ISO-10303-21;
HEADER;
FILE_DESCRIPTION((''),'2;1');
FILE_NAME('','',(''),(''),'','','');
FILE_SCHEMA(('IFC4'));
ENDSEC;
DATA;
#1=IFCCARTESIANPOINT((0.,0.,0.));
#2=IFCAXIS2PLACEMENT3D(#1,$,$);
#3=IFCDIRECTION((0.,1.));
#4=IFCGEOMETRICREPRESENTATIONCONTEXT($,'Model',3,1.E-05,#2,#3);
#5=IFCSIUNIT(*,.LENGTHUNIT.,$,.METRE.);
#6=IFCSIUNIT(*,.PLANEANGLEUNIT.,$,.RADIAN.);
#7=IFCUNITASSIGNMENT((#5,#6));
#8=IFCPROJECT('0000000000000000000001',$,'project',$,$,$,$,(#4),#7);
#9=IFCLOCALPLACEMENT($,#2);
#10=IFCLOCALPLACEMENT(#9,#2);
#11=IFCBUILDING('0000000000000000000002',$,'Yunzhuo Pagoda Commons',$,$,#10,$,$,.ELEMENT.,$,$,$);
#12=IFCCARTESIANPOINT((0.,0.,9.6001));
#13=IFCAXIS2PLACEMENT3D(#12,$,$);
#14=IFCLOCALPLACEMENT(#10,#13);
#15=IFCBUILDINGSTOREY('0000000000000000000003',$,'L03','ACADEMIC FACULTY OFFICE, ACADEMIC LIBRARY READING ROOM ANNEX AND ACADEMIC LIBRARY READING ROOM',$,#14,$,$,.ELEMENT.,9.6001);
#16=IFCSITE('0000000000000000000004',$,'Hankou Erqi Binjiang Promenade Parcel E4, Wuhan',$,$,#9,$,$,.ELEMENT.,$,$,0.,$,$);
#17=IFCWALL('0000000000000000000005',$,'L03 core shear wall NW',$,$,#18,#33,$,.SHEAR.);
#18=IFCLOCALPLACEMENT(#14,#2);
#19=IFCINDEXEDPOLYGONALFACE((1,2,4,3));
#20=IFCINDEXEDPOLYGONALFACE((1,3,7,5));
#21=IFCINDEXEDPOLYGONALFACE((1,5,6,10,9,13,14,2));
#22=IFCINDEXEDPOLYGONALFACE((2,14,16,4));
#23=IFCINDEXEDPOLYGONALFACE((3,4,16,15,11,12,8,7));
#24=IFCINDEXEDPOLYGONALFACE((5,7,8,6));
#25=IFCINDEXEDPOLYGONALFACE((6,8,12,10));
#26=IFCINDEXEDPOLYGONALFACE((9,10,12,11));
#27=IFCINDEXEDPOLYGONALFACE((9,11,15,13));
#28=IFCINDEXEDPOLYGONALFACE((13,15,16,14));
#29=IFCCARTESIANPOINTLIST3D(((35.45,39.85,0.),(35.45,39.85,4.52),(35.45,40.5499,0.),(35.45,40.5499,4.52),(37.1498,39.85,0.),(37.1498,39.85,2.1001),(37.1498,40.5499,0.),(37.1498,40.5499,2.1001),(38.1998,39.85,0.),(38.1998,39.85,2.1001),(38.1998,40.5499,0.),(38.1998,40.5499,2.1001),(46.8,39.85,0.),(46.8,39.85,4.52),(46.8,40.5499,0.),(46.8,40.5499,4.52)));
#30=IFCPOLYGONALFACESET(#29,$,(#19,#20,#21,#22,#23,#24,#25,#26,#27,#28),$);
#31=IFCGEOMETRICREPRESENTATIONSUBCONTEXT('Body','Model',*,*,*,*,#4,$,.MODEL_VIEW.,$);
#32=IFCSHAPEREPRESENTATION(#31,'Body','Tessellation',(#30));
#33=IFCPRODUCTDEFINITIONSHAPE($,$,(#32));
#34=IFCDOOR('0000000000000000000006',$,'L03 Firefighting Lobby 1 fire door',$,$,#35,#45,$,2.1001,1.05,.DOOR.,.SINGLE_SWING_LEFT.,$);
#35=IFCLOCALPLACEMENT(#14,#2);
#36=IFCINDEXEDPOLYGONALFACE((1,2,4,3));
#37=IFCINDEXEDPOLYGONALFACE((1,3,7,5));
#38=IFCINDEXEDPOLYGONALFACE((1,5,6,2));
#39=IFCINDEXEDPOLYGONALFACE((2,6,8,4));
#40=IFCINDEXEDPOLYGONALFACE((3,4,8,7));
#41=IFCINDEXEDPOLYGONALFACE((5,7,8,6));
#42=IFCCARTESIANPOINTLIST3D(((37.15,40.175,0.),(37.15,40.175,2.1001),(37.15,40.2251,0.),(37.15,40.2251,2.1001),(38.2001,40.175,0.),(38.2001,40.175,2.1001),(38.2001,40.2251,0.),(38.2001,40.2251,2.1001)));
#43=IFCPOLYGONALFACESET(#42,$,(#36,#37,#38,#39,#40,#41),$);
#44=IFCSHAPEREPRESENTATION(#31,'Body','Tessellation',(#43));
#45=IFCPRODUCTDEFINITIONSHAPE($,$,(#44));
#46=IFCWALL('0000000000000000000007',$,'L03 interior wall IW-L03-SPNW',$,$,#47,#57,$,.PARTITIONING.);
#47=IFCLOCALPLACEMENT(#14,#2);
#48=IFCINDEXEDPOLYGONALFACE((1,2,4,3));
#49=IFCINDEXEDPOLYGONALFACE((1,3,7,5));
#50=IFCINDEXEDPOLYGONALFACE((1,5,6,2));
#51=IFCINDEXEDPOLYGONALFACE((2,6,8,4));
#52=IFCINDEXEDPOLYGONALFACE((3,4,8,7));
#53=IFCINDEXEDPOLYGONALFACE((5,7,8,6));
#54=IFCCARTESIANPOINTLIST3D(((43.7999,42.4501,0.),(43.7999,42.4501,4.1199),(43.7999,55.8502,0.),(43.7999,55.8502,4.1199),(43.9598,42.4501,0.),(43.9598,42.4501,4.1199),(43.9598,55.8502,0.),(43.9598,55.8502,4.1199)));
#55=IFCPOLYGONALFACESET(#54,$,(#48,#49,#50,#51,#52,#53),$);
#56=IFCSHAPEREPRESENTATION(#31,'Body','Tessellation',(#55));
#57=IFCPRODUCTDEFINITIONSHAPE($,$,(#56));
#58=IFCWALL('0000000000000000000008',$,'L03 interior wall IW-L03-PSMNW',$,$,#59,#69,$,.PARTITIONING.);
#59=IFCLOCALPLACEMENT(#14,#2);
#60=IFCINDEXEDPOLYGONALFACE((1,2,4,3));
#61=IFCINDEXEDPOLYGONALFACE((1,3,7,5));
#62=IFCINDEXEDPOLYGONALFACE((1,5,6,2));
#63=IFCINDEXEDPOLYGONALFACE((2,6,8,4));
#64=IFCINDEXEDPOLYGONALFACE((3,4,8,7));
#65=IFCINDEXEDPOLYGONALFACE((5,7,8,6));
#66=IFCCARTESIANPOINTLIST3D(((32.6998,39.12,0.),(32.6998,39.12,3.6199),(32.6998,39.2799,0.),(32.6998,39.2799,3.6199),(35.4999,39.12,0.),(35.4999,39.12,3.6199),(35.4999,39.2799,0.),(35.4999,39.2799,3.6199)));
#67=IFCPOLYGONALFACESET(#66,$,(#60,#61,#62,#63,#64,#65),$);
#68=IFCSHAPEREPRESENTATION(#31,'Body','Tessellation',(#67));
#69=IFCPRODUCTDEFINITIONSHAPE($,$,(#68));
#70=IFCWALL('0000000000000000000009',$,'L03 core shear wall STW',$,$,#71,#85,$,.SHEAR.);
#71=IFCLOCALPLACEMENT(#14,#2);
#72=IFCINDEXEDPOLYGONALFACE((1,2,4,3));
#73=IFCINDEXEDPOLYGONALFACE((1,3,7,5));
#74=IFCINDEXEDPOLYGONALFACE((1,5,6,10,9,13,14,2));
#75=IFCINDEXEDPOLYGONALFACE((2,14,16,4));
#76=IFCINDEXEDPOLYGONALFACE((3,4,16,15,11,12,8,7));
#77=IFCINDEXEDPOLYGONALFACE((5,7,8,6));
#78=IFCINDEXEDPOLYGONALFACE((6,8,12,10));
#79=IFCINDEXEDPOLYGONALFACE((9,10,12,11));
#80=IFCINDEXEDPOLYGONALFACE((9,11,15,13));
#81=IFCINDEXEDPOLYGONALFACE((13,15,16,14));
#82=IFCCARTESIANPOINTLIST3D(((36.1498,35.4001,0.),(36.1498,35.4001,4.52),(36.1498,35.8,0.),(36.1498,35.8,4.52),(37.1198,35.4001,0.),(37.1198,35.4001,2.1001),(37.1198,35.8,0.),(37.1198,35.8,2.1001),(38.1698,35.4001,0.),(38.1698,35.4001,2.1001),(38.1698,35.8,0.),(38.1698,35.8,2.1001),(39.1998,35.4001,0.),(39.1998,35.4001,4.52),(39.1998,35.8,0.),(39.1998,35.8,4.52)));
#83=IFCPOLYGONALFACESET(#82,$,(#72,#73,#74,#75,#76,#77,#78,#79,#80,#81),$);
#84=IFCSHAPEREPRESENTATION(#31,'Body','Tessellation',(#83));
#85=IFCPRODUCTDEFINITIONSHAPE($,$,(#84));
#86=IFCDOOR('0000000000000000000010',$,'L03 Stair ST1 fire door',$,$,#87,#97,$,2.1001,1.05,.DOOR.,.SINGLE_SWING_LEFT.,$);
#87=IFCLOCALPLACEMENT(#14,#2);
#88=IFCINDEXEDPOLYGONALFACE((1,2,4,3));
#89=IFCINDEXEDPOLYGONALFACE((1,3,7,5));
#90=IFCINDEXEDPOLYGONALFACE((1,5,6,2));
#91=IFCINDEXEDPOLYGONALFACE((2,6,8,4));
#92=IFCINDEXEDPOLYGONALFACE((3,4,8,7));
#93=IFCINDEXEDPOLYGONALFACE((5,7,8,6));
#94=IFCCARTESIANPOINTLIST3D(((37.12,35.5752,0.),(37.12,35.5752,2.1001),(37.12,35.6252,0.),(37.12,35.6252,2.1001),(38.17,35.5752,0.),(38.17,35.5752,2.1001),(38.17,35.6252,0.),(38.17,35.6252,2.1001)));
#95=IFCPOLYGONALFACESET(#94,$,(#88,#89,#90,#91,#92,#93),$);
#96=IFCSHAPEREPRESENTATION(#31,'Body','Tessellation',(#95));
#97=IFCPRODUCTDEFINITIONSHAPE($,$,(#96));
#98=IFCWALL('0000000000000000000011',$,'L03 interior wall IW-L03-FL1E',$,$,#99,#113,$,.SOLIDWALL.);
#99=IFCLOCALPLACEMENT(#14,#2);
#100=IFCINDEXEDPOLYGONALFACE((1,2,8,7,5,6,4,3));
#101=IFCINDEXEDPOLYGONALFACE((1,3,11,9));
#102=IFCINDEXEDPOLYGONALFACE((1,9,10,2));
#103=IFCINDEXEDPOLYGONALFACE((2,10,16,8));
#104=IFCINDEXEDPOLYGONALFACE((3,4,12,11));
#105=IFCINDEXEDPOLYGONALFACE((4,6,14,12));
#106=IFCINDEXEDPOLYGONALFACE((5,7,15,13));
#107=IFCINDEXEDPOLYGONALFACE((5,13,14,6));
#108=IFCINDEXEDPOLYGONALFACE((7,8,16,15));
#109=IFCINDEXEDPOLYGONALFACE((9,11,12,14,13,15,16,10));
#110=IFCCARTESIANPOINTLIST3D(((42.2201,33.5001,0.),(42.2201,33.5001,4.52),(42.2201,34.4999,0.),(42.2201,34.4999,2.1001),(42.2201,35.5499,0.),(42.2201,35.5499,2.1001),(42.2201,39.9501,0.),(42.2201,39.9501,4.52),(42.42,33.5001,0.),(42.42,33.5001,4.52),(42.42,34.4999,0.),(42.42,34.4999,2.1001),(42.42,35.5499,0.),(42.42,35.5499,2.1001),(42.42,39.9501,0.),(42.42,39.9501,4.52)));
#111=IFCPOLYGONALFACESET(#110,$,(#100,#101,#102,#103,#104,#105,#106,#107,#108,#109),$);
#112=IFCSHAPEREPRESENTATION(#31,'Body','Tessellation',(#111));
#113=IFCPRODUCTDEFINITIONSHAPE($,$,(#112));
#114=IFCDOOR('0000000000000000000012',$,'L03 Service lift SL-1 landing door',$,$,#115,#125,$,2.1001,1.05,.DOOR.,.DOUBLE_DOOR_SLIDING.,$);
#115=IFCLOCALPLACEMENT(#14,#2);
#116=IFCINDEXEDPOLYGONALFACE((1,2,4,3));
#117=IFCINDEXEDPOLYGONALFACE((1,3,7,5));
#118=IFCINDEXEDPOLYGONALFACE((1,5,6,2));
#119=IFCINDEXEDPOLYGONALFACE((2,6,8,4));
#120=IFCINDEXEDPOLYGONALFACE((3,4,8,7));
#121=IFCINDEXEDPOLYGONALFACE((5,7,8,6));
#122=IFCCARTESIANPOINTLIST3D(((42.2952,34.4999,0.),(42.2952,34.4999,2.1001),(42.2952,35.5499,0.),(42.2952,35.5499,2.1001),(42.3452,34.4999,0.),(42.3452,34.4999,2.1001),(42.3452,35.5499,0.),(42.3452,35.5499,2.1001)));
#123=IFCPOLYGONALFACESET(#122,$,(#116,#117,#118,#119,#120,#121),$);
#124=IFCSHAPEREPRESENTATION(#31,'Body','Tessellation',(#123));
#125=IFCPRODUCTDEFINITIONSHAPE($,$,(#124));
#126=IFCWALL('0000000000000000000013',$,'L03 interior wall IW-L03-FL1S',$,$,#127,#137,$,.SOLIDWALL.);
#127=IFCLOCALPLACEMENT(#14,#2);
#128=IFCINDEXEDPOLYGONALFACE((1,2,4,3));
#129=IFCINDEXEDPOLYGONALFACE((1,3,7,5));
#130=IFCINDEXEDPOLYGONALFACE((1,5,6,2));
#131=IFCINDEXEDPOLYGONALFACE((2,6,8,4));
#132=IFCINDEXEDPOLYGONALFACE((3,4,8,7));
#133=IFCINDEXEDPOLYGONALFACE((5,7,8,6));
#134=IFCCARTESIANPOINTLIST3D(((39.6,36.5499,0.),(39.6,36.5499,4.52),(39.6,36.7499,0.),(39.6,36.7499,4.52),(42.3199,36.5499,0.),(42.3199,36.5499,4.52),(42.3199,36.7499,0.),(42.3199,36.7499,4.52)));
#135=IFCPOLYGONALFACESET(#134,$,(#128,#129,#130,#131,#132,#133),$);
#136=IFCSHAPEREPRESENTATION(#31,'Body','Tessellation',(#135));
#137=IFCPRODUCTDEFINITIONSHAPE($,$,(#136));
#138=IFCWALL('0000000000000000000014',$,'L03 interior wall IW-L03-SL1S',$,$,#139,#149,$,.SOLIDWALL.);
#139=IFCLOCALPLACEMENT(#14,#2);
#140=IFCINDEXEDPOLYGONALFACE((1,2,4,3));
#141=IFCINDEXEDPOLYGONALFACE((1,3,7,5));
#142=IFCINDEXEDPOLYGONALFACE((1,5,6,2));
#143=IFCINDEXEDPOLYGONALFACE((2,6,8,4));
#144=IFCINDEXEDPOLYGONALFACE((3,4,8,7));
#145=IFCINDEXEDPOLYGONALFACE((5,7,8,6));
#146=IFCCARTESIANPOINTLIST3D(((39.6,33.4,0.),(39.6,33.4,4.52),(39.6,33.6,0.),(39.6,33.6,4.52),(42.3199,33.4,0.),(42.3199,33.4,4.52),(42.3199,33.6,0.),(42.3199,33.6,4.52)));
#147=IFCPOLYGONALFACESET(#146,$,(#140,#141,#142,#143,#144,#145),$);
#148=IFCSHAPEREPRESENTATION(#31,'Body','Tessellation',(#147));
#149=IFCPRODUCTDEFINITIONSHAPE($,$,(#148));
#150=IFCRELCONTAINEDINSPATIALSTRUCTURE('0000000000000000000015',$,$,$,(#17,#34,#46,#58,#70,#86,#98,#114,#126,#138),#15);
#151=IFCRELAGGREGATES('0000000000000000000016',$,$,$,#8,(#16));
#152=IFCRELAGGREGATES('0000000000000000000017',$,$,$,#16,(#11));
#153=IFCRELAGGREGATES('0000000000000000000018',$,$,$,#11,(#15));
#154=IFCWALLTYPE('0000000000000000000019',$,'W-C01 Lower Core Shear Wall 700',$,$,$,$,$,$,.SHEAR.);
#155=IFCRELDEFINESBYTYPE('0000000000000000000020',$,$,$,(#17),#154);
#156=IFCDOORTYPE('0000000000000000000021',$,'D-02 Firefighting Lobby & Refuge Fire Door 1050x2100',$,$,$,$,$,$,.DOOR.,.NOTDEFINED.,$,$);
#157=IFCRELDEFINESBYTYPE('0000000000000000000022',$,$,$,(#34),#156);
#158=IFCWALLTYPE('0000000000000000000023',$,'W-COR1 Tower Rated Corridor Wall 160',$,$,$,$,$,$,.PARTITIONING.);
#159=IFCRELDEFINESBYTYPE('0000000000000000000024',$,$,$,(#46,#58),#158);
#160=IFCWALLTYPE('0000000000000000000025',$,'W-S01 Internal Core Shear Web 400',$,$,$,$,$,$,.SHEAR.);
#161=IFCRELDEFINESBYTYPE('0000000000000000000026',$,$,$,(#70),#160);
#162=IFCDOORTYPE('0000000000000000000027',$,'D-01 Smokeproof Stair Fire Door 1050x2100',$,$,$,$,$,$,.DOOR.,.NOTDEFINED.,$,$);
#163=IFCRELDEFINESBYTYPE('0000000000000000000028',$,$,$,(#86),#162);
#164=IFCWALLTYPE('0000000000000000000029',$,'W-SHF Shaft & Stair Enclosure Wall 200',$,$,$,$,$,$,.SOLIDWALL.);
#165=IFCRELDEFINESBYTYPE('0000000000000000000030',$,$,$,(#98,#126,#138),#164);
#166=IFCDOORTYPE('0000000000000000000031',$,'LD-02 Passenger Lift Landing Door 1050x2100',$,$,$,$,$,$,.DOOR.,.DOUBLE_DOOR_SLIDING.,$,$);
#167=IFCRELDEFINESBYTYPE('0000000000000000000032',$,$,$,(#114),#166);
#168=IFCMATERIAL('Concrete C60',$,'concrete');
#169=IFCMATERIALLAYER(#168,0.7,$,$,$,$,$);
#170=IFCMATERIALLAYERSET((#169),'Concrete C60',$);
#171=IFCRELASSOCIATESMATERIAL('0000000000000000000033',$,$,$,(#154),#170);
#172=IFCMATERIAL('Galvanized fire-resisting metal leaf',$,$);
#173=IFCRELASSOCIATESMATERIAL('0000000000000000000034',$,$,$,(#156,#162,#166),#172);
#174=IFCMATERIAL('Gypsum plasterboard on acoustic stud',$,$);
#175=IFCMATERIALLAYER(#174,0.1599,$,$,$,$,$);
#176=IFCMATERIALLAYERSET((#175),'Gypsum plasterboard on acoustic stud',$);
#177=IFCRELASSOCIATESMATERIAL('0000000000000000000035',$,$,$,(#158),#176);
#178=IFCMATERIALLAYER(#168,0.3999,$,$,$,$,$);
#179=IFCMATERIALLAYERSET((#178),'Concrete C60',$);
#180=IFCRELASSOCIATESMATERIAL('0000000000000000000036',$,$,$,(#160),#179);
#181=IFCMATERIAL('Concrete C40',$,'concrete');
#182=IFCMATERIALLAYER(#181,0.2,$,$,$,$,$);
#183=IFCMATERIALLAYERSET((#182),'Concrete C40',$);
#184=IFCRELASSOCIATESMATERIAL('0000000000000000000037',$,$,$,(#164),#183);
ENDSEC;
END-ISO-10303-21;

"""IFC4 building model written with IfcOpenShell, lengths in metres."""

from ifc_helpers import new_model, si_unit, direction, frame, frame_2d, origin, origin_with_axes, place, context, subcontext, project, spatial, rectangle, extrude, source, transform, mapped, material, layer, layer_set, type_object, element, fill, save


model = new_model("IFC4")

# Units and contexts
model_context = context("Model", 3, precision=1e-05, world=origin(), true_north=direction((0.0, 1.0)))
body_context = subcontext(model_context, "Body", "Model", "MODEL_VIEW")
ifc_project = project(units=[si_unit("LENGTHUNIT", "METRE"), si_unit("PLANEANGLEUNIT", "RADIAN")], contexts=[model_context])

# Site, building, storey
site_placement = place(None, origin())
site = spatial("IfcSite", under=ifc_project, at=site_placement, Name="Hankou Erqi Binjiang Promenade Parcel E4, Wuhan", CompositionType="ELEMENT", RefElevation=0.0)
building_placement = place(site_placement, origin())
building = spatial("IfcBuilding", under=site, at=building_placement, Name="Yunzhuo Pagoda Commons", CompositionType="ELEMENT")
storey_placement = place(building_placement, frame((0.0, 0.0, 9.6001)))
storey = spatial("IfcBuildingStorey", under=building, at=storey_placement, Name="L03", Description="ACADEMIC FACULTY OFFICE, ACADEMIC LIBRARY READING ROOM ANNEX AND ACADEMIC LIBRARY READING ROOM", CompositionType="ELEMENT", Elevation=9.6001)

# Wall, opening, door
ifc_material_1 = material(Name="Concrete C60", Category="concrete")
ifc_layer_1 = layer(ifc_material_1, 0.7)
ifc_layer_set_1 = layer_set([ifc_layer_1], Name="Concrete C60")
wall_type_1 = type_object("IfcWallType", Name="W-C01 Lower Core Shear Wall 700", PredefinedType="SHEAR", material=ifc_layer_set_1)
wall_1_placement = place(storey_placement, frame((35.45, 40.2, 0.0), z_axis=(0.0, 0.0, 1.0), x_axis=(1.0, 0.0, 0.0)))
wall_1 = element("IfcWall", 1, at=wall_1_placement, inside=storey, type_object=wall_type_1, Name="L03 core shear wall NW", PredefinedType="SHEAR", context=body_context, shape_type="SweptSolid", body=[
    extrude(rectangle(XDim=11.3501, YDim=0.7, at=frame_2d((5.675, 0.0))), origin(), (0.0, 0.0, 1.0), 4.52),
])
opening_1_placement = place(wall_1_placement, frame((1.7, 0.0, 0.0)))
opening_1 = element("IfcOpeningElement", 2, at=opening_1_placement, cuts=wall_1, PredefinedType="OPENING", context=body_context, shape_type="SweptSolid", body=[
    extrude(rectangle(XDim=1.05, YDim=2.1001, at=frame_2d((0.5249, 1.05))), frame((0.0, 0.3599, 0.0), z_axis=(0.0, -1.0, 0.0), x_axis=(1.0, 0.0, 0.0)), (0.0, 0.0, 1.0), 0.72),
])
ifc_material_2 = material(Name="Galvanized fire-resisting metal leaf")
door_type_1 = type_object("IfcDoorType", Name="D-02 Firefighting Lobby & Refuge Fire Door 1050x2100", OperationType="NOTDEFINED", PredefinedType="DOOR", material=ifc_material_2)
shared_shape_1 = source(origin(), body_context, "Body", "SweptSolid", [
    extrude(rectangle(XDim=1.05, YDim=2.1001, at=frame_2d((0.5249, 1.05))), frame((0.0, 0.0249, 0.0), z_axis=(0.0, -1.0, 0.0), x_axis=(1.0, 0.0, 0.0)), (0.0, 0.0, 1.0), 0.05),
])
door_1_placement = place(opening_1_placement, frame((1.05, 0.0, 0.0), z_axis=(0.0, 0.0, 1.0), x_axis=(-1.0, 0.0, 0.0)))
door_1 = element("IfcDoor", 3, at=door_1_placement, inside=storey, type_object=door_type_1, Name="L03 Firefighting Lobby 1 fire door", OperationType="SINGLE_SWING_LEFT", OverallHeight=2.1001, OverallWidth=1.05, PredefinedType="DOOR", context=body_context, shape_type="MappedRepresentation", body=[
    mapped(shared_shape_1, transform((0.0, 0.0, 0.0), scale=1.0)),
])
fill(opening_1, door_1)

# Walls
ifc_material_3 = material(Name="Gypsum plasterboard on acoustic stud")
ifc_layer_2 = layer(ifc_material_3, 0.1599)
ifc_layer_set_2 = layer_set([ifc_layer_2], Name="Gypsum plasterboard on acoustic stud")
wall_type_2 = type_object("IfcWallType", Name="W-COR1 Tower Rated Corridor Wall 160", PredefinedType="PARTITIONING", material=ifc_layer_set_2)
wall_2_placement = place(storey_placement, frame((43.8799, 42.45, 0.0), z_axis=(0.0, 0.0, 1.0), x_axis=(0.0, 1.0, 0.0)))
element("IfcWall", 4, at=wall_2_placement, inside=storey, type_object=wall_type_2, Name="L03 interior wall IW-L03-SPNW", PredefinedType="PARTITIONING", context=body_context, shape_type="SweptSolid", body=[
    extrude(rectangle(XDim=13.4001, YDim=0.1599, at=frame_2d((6.7002, 0.0))), origin(), (0.0, 0.0, 1.0), 4.1199),
])
wall_3_placement = place(storey_placement, frame((32.7, 39.2, 0.0), z_axis=(0.0, 0.0, 1.0), x_axis=(1.0, 0.0, 0.0)))
element("IfcWall", 5, at=wall_3_placement, inside=storey, type_object=wall_type_2, Name="L03 interior wall IW-L03-PSMNW", PredefinedType="PARTITIONING", context=body_context, shape_type="SweptSolid", body=[
    extrude(rectangle(XDim=2.8, YDim=0.1599, at=frame_2d((1.3999, 0.0))), origin(), (0.0, 0.0, 1.0), 3.6199),
])

# Walls, openings, doors
ifc_layer_3 = layer(ifc_material_1, 0.3999)
ifc_layer_set_3 = layer_set([ifc_layer_3], Name="Concrete C60")
wall_type_3 = type_object("IfcWallType", Name="W-S01 Internal Core Shear Web 400", PredefinedType="SHEAR", material=ifc_layer_set_3)
wall_4_placement = place(storey_placement, frame((36.1499, 35.6001, 0.0), z_axis=(0.0, 0.0, 1.0), x_axis=(1.0, 0.0, 0.0)))
wall_4 = element("IfcWall", 6, at=wall_4_placement, inside=storey, type_object=wall_type_3, Name="L03 core shear wall STW", PredefinedType="SHEAR", context=body_context, shape_type="SweptSolid", body=[
    extrude(rectangle(XDim=3.05, YDim=0.3999, at=frame_2d((1.5249, 0.0))), origin(), (0.0, 0.0, 1.0), 4.52),
])
opening_2_placement = place(wall_4_placement, frame((0.97, 0.0, 0.0)))
opening_2 = element("IfcOpeningElement", 7, at=opening_2_placement, cuts=wall_4, PredefinedType="OPENING", context=body_context, shape_type="SweptSolid", body=[
    extrude(rectangle(XDim=1.05, YDim=2.1001, at=frame_2d((0.5249, 1.05))), frame((0.0, 0.21, 0.0), z_axis=(0.0, -1.0, 0.0), x_axis=(1.0, 0.0, 0.0)), (0.0, 0.0, 1.0), 0.4199),
])
door_type_2 = type_object("IfcDoorType", Name="D-01 Smokeproof Stair Fire Door 1050x2100", OperationType="NOTDEFINED", PredefinedType="DOOR", material=ifc_material_2)
door_2_placement = place(opening_2_placement, frame((1.05, 0.0, 0.0), z_axis=(0.0, 0.0, 1.0), x_axis=(-1.0, 0.0, 0.0)))
door_2 = element("IfcDoor", 8, at=door_2_placement, inside=storey, type_object=door_type_2, Name="L03 Stair ST1 fire door", OperationType="SINGLE_SWING_LEFT", OverallHeight=2.1001, OverallWidth=1.05, PredefinedType="DOOR", context=body_context, shape_type="MappedRepresentation", body=[
    mapped(shared_shape_1, transform((0.0, 0.0, 0.0), scale=1.0)),
])
fill(opening_2, door_2)
ifc_material_4 = material(Name="Concrete C40", Category="concrete")
ifc_layer_4 = layer(ifc_material_4, 0.2)
ifc_layer_set_4 = layer_set([ifc_layer_4], Name="Concrete C40")
wall_type_4 = type_object("IfcWallType", Name="W-SHF Shaft & Stair Enclosure Wall 200", PredefinedType="SOLIDWALL", material=ifc_layer_set_4)
wall_5_placement = place(storey_placement, frame((42.3201, 33.5, 0.0), z_axis=(0.0, 0.0, 1.0), x_axis=(0.0, 1.0, 0.0)))
wall_5 = element("IfcWall", 9, at=wall_5_placement, inside=storey, type_object=wall_type_4, Name="L03 interior wall IW-L03-FL1E", PredefinedType="SOLIDWALL", context=body_context, shape_type="SweptSolid", body=[
    extrude(rectangle(XDim=6.45, YDim=0.2, at=frame_2d((3.2251, 0.0))), origin(), (0.0, 0.0, 1.0), 4.52),
])
opening_3_placement = place(wall_5_placement, frame((1.0, 0.0, 0.0)))
opening_3 = element("IfcOpeningElement", 10, at=opening_3_placement, cuts=wall_5, PredefinedType="OPENING", context=body_context, shape_type="SweptSolid", body=[
    extrude(rectangle(XDim=1.05, YDim=2.1001, at=frame_2d((0.5249, 1.05))), frame((0.0, 0.1099, 0.0), z_axis=(0.0, -1.0, 0.0), x_axis=(1.0, 0.0, 0.0)), (0.0, 0.0, 1.0), 0.22),
])
door_type_3 = type_object("IfcDoorType", Name="LD-02 Passenger Lift Landing Door 1050x2100", OperationType="DOUBLE_DOOR_SLIDING", PredefinedType="DOOR", material=ifc_material_2)
door_3_placement = place(opening_3_placement, origin_with_axes())
door_3 = element("IfcDoor", 11, at=door_3_placement, inside=storey, type_object=door_type_3, Name="L03 Service lift SL-1 landing door", OperationType="DOUBLE_DOOR_SLIDING", OverallHeight=2.1001, OverallWidth=1.05, PredefinedType="DOOR", context=body_context, shape_type="MappedRepresentation", body=[
    mapped(shared_shape_1, transform((0.0, 0.0, 0.0), scale=1.0)),
])
fill(opening_3, door_3)

# Walls
for number, where, z_axis, x_axis, name in (
    (12, (39.6001, 36.6499, 0.0), (0.0, 0.0, 1.0), (1.0, 0.0, 0.0), "L03 interior wall IW-L03-FL1S"),
    (13, (39.6001, 33.5, 0.0), (0.0, 0.0, 1.0), (1.0, 0.0, 0.0), "L03 interior wall IW-L03-SL1S"),
):
    element("IfcWall", number, at=place(storey_placement, frame(where, z_axis=z_axis, x_axis=x_axis)), inside=storey, type_object=wall_type_4, Name=name, PredefinedType="SOLIDWALL", context=body_context, shape_type="SweptSolid", body=[
        extrude(rectangle(XDim=2.72, YDim=0.2, at=frame_2d((1.3599, 0.0))), origin(), (0.0, 0.0, 1.0), 4.52),
    ])

save(model, "model.ifc")
